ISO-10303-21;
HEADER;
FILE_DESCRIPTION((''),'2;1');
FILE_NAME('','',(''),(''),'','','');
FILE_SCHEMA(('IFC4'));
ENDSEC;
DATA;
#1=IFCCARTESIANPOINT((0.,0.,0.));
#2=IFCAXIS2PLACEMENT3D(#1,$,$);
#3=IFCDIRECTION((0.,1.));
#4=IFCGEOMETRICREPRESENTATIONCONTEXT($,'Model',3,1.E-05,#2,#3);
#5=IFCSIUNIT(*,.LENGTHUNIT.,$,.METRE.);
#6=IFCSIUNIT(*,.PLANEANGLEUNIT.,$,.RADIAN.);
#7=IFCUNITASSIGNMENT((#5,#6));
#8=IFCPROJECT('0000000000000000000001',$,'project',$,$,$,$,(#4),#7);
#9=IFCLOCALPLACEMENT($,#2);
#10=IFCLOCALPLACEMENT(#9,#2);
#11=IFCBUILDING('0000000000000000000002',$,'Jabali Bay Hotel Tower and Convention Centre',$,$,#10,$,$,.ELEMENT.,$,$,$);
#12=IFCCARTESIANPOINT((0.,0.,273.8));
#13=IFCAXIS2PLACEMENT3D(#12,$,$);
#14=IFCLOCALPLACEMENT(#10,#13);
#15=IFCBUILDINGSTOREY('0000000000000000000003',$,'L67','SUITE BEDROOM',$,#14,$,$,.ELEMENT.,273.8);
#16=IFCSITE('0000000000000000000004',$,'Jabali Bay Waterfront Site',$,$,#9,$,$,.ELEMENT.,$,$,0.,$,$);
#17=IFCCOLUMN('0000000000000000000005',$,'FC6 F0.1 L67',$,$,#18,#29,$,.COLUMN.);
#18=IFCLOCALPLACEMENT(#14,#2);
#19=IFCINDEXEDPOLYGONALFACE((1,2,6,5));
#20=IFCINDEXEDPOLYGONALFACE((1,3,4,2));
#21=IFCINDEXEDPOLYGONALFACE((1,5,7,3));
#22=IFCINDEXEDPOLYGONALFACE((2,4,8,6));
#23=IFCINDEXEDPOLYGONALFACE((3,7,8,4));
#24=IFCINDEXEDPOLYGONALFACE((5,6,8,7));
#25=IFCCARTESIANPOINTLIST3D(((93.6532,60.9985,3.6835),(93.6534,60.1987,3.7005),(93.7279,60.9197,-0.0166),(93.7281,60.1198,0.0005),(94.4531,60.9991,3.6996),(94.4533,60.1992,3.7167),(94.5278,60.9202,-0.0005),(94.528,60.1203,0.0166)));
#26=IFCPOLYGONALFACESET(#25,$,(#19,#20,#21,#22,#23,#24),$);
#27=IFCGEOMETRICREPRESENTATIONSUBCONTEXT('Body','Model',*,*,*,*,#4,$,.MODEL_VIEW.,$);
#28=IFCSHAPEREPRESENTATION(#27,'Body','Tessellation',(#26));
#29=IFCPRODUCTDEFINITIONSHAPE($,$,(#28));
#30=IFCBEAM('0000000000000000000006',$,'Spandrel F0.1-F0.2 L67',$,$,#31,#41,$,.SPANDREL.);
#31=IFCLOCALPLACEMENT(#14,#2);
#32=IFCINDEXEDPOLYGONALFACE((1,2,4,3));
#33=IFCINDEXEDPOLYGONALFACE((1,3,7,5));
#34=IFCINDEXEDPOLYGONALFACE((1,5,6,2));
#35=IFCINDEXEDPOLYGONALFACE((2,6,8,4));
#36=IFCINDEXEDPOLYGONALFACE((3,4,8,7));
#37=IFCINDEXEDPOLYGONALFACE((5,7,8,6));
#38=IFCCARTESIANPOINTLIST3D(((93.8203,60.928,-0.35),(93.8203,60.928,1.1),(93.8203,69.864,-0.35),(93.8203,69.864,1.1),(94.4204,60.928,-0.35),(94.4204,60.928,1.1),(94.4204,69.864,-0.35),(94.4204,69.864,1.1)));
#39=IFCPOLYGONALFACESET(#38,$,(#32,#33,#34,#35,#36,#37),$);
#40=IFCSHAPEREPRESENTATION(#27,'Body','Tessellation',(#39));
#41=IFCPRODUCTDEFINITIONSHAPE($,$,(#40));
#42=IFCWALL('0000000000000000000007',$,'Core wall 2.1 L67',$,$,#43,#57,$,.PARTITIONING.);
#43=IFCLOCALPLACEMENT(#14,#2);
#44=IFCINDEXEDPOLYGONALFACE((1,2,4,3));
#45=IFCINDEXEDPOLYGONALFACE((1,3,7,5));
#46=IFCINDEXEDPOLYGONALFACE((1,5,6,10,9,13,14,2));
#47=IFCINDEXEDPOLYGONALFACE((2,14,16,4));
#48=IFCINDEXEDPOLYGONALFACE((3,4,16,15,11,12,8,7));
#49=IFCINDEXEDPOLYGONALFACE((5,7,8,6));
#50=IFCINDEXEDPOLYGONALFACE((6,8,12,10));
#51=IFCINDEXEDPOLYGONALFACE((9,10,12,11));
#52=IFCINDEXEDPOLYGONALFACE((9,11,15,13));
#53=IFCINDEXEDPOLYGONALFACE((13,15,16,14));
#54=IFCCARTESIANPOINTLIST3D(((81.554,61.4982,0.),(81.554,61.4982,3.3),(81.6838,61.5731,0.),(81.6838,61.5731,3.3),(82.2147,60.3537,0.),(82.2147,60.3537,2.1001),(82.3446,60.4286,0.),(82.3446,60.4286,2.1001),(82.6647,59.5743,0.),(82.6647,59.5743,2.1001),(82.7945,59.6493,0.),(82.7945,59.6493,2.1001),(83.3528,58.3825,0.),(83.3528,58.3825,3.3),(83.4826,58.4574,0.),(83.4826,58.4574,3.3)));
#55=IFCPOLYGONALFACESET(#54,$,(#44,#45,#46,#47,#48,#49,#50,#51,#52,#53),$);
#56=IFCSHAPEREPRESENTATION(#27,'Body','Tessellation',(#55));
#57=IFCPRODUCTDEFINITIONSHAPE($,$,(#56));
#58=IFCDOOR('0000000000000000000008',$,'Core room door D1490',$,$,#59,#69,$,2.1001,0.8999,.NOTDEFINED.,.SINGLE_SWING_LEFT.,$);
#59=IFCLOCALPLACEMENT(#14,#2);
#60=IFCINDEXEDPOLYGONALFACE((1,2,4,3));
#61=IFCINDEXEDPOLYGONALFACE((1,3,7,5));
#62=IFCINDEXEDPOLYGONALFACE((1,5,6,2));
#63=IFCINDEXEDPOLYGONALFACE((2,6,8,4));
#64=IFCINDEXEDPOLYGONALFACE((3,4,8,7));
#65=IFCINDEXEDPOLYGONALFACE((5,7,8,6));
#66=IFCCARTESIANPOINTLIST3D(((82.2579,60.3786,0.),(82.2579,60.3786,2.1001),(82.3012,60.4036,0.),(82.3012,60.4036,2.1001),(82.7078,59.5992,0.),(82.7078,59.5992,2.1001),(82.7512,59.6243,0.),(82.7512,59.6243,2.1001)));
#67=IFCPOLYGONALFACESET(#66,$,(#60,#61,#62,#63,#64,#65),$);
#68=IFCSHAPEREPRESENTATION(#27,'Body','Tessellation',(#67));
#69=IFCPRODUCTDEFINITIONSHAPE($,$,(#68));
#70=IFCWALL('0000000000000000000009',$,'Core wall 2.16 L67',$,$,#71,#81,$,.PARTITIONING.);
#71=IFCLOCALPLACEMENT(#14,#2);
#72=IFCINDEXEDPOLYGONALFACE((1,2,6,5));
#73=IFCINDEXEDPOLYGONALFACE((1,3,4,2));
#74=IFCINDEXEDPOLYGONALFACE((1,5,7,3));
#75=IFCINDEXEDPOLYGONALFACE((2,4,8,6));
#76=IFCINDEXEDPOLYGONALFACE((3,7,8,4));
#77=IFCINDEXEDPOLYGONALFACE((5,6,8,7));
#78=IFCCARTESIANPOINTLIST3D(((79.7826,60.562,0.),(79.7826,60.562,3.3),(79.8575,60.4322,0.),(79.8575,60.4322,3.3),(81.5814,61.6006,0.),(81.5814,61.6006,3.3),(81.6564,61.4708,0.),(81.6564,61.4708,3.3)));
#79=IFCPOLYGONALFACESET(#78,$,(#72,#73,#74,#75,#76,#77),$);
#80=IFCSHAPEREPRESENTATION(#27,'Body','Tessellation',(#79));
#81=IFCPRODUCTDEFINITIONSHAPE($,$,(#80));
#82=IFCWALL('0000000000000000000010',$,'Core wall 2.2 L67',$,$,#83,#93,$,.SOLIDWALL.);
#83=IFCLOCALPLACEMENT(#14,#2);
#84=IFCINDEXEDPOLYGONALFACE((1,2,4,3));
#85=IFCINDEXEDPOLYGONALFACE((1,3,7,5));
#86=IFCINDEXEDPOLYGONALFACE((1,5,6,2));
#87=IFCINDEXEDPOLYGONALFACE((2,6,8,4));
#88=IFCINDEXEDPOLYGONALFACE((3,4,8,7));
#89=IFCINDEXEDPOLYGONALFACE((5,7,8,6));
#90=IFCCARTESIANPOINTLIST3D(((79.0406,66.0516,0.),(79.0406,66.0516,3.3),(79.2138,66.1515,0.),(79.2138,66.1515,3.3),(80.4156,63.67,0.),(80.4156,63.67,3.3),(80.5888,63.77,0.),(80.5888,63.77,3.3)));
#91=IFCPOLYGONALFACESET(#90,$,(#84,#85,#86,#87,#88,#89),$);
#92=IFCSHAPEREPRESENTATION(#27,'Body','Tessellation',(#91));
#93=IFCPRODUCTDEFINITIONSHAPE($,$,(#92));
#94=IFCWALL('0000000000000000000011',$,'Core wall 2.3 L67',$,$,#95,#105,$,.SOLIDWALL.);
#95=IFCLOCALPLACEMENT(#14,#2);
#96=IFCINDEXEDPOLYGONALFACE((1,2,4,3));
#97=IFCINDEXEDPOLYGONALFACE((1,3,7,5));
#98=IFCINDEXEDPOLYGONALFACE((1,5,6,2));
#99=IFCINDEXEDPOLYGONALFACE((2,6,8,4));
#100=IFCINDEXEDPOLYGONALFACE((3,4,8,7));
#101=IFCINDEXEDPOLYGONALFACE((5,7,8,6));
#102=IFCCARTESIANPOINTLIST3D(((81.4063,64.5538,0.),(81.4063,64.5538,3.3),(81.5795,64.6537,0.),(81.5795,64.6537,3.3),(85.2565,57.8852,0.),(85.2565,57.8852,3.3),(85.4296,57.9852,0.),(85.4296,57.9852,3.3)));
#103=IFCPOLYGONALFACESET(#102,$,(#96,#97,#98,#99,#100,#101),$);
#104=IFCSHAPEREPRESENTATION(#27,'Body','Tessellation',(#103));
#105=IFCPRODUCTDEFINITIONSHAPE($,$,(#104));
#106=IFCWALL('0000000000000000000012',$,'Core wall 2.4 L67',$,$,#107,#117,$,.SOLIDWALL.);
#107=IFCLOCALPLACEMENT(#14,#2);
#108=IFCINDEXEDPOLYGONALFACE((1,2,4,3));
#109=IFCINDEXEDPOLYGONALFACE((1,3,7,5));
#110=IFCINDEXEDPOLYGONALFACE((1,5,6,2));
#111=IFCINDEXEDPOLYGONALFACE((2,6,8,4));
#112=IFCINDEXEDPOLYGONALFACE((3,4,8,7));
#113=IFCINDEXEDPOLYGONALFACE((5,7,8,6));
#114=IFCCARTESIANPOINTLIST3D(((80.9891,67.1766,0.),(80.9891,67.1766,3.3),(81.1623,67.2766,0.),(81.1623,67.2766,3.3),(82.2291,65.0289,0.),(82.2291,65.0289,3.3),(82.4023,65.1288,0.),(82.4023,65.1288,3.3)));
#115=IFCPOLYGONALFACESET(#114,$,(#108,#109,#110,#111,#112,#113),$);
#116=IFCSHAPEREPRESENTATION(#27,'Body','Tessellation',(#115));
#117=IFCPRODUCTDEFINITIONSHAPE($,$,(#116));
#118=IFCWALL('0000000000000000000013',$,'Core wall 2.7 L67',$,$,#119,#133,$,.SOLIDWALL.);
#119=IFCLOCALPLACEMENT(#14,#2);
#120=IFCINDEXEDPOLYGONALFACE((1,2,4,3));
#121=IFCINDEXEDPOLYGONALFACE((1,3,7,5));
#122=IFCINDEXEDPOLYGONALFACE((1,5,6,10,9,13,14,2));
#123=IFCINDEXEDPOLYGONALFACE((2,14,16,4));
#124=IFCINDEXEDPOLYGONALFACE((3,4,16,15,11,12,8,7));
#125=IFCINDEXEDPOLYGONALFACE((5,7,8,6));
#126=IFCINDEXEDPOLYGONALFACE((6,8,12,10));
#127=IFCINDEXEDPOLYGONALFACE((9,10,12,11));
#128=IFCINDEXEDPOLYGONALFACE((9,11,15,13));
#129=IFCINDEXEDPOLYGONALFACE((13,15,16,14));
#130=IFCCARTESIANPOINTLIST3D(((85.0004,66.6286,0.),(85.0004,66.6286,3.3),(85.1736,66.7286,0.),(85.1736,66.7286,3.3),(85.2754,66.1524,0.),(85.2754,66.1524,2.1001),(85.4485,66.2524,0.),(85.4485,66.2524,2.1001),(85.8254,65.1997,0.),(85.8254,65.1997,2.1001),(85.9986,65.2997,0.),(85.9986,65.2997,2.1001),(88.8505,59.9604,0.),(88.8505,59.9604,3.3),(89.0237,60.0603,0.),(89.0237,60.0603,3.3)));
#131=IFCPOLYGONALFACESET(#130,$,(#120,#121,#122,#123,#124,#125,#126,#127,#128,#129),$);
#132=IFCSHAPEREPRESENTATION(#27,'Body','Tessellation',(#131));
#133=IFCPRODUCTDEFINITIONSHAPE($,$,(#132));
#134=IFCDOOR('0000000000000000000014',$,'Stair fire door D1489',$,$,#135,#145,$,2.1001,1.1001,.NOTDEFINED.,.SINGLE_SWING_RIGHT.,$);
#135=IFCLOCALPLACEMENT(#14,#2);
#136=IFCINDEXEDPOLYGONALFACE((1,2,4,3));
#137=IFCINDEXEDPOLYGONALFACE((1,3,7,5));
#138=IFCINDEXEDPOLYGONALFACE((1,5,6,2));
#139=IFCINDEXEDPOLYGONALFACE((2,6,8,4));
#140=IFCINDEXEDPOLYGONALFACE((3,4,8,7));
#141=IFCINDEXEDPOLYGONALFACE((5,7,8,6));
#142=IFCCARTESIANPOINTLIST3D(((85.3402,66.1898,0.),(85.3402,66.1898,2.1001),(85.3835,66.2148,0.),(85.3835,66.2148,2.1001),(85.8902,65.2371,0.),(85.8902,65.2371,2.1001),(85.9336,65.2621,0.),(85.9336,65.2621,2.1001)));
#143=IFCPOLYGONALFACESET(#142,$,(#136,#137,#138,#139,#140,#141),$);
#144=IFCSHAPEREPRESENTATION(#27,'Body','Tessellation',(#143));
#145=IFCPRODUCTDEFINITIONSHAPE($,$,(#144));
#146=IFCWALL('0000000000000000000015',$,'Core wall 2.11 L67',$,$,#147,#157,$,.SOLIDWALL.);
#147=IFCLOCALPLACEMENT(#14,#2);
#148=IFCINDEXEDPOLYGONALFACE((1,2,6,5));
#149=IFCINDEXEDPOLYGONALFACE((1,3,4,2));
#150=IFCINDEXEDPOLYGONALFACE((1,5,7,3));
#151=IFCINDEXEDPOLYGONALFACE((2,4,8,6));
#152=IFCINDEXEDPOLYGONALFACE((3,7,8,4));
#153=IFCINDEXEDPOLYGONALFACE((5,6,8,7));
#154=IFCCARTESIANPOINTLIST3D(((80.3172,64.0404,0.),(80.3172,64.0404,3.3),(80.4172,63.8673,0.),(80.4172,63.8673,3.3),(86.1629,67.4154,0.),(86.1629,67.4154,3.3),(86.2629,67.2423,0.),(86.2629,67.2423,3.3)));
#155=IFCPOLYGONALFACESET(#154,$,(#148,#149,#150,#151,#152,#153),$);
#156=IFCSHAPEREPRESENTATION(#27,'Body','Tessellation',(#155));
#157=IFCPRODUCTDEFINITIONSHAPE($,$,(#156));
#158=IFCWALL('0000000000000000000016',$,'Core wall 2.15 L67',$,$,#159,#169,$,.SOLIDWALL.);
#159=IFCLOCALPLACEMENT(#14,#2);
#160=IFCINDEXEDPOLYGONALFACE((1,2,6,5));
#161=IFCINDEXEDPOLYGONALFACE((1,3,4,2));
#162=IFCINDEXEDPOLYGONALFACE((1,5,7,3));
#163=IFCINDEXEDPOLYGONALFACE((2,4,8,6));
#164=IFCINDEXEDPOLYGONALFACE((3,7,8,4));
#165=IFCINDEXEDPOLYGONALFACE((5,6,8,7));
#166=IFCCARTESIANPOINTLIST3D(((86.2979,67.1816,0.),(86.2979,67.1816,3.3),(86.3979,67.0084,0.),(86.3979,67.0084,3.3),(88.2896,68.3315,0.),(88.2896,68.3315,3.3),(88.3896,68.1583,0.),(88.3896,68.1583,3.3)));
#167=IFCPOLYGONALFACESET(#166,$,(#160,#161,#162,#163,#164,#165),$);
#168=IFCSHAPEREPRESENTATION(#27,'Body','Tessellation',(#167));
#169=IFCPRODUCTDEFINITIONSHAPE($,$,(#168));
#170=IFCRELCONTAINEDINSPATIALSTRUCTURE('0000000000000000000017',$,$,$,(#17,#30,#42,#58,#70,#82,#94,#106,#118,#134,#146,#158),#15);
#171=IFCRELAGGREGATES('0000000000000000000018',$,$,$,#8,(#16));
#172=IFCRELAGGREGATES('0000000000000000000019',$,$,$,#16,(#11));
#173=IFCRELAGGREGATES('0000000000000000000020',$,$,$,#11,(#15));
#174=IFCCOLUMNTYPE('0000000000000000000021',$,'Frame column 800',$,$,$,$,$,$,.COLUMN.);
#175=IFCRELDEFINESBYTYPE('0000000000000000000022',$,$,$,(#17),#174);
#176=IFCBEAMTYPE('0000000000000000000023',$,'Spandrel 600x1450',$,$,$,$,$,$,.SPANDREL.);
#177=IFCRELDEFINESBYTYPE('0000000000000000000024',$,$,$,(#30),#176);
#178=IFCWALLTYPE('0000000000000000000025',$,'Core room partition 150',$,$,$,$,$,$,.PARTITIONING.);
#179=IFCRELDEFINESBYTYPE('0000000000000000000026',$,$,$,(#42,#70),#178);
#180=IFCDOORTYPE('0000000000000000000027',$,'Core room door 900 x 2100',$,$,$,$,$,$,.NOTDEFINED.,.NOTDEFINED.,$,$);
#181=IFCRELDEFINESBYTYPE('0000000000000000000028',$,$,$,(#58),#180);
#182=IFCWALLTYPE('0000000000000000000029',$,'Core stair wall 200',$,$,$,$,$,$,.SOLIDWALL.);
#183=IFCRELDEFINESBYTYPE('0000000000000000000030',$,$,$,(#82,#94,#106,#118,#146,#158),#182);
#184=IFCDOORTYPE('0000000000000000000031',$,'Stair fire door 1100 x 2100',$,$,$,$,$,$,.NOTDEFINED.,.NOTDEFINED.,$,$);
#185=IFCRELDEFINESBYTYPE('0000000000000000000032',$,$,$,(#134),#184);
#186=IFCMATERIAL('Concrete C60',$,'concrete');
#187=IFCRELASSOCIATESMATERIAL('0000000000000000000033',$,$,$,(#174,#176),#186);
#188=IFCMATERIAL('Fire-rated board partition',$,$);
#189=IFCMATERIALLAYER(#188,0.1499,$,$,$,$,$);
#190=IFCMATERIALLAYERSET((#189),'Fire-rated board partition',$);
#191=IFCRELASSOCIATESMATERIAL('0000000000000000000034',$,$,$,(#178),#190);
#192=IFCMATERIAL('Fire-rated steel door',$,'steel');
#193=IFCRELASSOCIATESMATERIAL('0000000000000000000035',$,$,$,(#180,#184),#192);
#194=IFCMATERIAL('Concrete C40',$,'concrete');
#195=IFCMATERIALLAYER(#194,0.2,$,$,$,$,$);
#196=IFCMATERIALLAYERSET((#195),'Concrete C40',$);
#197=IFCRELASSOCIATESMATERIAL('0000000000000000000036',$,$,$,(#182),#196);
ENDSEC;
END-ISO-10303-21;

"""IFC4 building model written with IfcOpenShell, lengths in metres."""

from ifc_helpers import new_model, si_unit, direction, frame, frame_2d, origin, origin_2d, place, context, subcontext, project, spatial, rectangle, extrude, material, layer, layer_set, material_profile, profile_set, type_object, element, fill, save


model = new_model("IFC4")

# Units and contexts
model_context = context("Model", 3, precision=1e-05, world=origin(), true_north=direction((0.0, 1.0)))
body_context = subcontext(model_context, "Body", "Model", "MODEL_VIEW")
ifc_project = project(units=[si_unit("LENGTHUNIT", "METRE"), si_unit("PLANEANGLEUNIT", "RADIAN")], contexts=[model_context])

# Site, building, storey
site_placement = place(None, origin())
site = spatial("IfcSite", under=ifc_project, at=site_placement, Name="Jabali Bay Waterfront Site", CompositionType="ELEMENT", RefElevation=0.0)
building_placement = place(site_placement, origin())
building = spatial("IfcBuilding", under=site, at=building_placement, Name="Jabali Bay Hotel Tower and Convention Centre", CompositionType="ELEMENT")
storey_placement = place(building_placement, frame((0.0, 0.0, 273.8)))
storey = spatial("IfcBuildingStorey", under=building, at=storey_placement, Name="L67", Description="SUITE BEDROOM", CompositionType="ELEMENT", Elevation=273.8)

# Column
ifc_material_1 = material(Name="Concrete C60", Category="concrete")
ifc_material_profile_1 = material_profile(ifc_material_1, rectangle(XDim=0.8, YDim=0.8, at=origin_2d()), Name="Frame column 800")
ifc_profile_set_1 = profile_set([ifc_material_profile_1], Name="Concrete C60")
column_type = type_object("IfcColumnType", Name="Frame column 800", PredefinedType="COLUMN", material=ifc_profile_set_1)
column_placement = place(storey_placement, frame((94.1279, 60.52, 0.0), z_axis=(-0.020183, 0.021304, 0.999569), x_axis=(0.000228, -0.999773, 0.021313)))
element("IfcColumn", 1, at=column_placement, inside=storey, type_object=column_type, Name="FC6 F0.1 L67", PredefinedType="COLUMN", context=body_context, shape_type="SweptSolid", body=[
    extrude(rectangle(XDim=0.8, YDim=0.8, at=origin_2d()), origin(), (0.0, 0.0, 1.0), 3.7017),
])

# Beam
ifc_material_profile_2 = material_profile(ifc_material_1, rectangle(XDim=0.6001, YDim=1.45, at=origin_2d()), Name="Spandrel 600x1450")
ifc_profile_set_2 = profile_set([ifc_material_profile_2], Name="Concrete C60")
beam_type = type_object("IfcBeamType", Name="Spandrel 600x1450", PredefinedType="SPANDREL", material=ifc_profile_set_2)
beam_placement = place(storey_placement, frame((94.1204, 60.928, 0.375), z_axis=(0.0, 1.0, 0.0), x_axis=(-1.0, 0.0, 0.0)))
element("IfcBeam", 2, at=beam_placement, inside=storey, type_object=beam_type, Name="Spandrel F0.1-F0.2 L67", PredefinedType="SPANDREL", context=body_context, shape_type="SweptSolid", body=[
    extrude(rectangle(XDim=0.6001, YDim=1.45, at=origin_2d()), origin(), (0.0, 0.0, 1.0), 8.936),
])

# Wall, opening, door
ifc_material_2 = material(Name="Fire-rated board partition")
ifc_layer_1 = layer(ifc_material_2, 0.1499)
ifc_layer_set_1 = layer_set([ifc_layer_1], Name="Fire-rated board partition")
wall_type_1 = type_object("IfcWallType", Name="Core room partition 150", PredefinedType="PARTITIONING", material=ifc_layer_set_1)
wall_1_placement = place(storey_placement, frame((81.6189, 61.5356, 0.0), z_axis=(0.0, 0.0, 1.0), x_axis=(0.499993, -0.86603, 0.0)))
wall_1 = element("IfcWall", 3, at=wall_1_placement, inside=storey, type_object=wall_type_1, Name="Core wall 2.1 L67", PredefinedType="PARTITIONING", context=body_context, shape_type="SweptSolid", body=[
    extrude(rectangle(XDim=3.5977, YDim=0.1499, at=frame_2d((1.7988, 0.0))), origin(), (0.0, 0.0, 1.0), 3.3),
])
opening_1_placement = place(wall_1_placement, frame((1.3215, 0.0, 0.0)))
opening_1 = element("IfcOpeningElement", 4, at=opening_1_placement, cuts=wall_1, PredefinedType="OPENING", context=body_context, shape_type="SweptSolid", body=[
    extrude(rectangle(XDim=0.8999, YDim=2.1001, at=frame_2d((0.45, 1.05))), frame((0.0, 0.0854, 0.0), z_axis=(0.0, -1.0, 0.0), x_axis=(1.0, 0.0, 0.0)), (0.0, 0.0, 1.0), 0.1709),
])
ifc_material_3 = material(Name="Fire-rated steel door", Category="steel")
door_type_1 = type_object("IfcDoorType", Name="Core room door 900 x 2100", OperationType="NOTDEFINED", PredefinedType="NOTDEFINED", material=ifc_material_3)
door_1_placement = place(opening_1_placement, origin())
door_1 = element("IfcDoor", 5, at=door_1_placement, inside=storey, type_object=door_type_1, Name="Core room door D1490", OperationType="SINGLE_SWING_LEFT", OverallHeight=2.1001, OverallWidth=0.8999, PredefinedType="NOTDEFINED", context=body_context, shape_type="SweptSolid", body=[
    extrude(rectangle(XDim=0.8999, YDim=2.1001, at=frame_2d((0.45, 1.05))), frame((0.0, 0.0249, 0.0), z_axis=(0.0, -1.0, 0.0), x_axis=(1.0, 0.0, 0.0)), (0.0, 0.0, 1.0), 0.05),
])
fill(opening_1, door_1)

# Walls
wall_2_placement = place(storey_placement, frame((79.8201, 60.4971, 0.0), z_axis=(0.0, 0.0, 1.0), x_axis=(0.866021, 0.500007, 0.0)))
element("IfcWall", 6, at=wall_2_placement, inside=storey, type_object=wall_type_1, Name="Core wall 2.16 L67", PredefinedType="PARTITIONING", context=body_context, shape_type="SweptSolid", body=[
    extrude(rectangle(XDim=2.0771, YDim=0.1499, at=frame_2d((1.0386, 0.0))), origin(), (0.0, 0.0, 1.0), 3.3),
])
ifc_material_4 = material(Name="Concrete C40", Category="concrete")
ifc_layer_2 = layer(ifc_material_4, 0.2)
ifc_layer_set_2 = layer_set([ifc_layer_2], Name="Concrete C40")
wall_type_2 = type_object("IfcWallType", Name="Core stair wall 200", PredefinedType="SOLIDWALL", material=ifc_layer_set_2)
wall_3_placement = place(storey_placement, frame((79.1272, 66.1016, 0.0), z_axis=(0.0, 0.0, 1.0), x_axis=(0.499997, -0.866027, 0.0)))
element("IfcWall", 7, at=wall_3_placement, inside=storey, type_object=wall_type_2, Name="Core wall 2.2 L67", PredefinedType="SOLIDWALL", context=body_context, shape_type="SweptSolid", body=[
    extrude(rectangle(XDim=2.75, YDim=0.2, at=frame_2d((1.375, 0.0))), origin(), (0.0, 0.0, 1.0), 3.3),
])
wall_4_placement = place(storey_placement, frame((81.4929, 64.6038, 0.0), z_axis=(0.0, 0.0, 1.0), x_axis=(0.500006, -0.866022, 0.0)))
element("IfcWall", 8, at=wall_4_placement, inside=storey, type_object=wall_type_2, Name="Core wall 2.3 L67", PredefinedType="SOLIDWALL", context=body_context, shape_type="SweptSolid", body=[
    extrude(rectangle(XDim=7.7002, YDim=0.2, at=frame_2d((3.8501, 0.0))), origin(), (0.0, 0.0, 1.0), 3.3),
])
wall_5_placement = place(storey_placement, frame((81.0757, 67.2266, 0.0), z_axis=(0.0, 0.0, 1.0), x_axis=(0.500004, -0.866023, 0.0)))
element("IfcWall", 9, at=wall_5_placement, inside=storey, type_object=wall_type_2, Name="Core wall 2.4 L67", PredefinedType="SOLIDWALL", context=body_context, shape_type="SweptSolid", body=[
    extrude(rectangle(XDim=2.48, YDim=0.2, at=frame_2d((1.24, 0.0))), origin(), (0.0, 0.0, 1.0), 3.3),
])

# Wall, opening, door
wall_6_placement = place(storey_placement, frame((85.0869, 66.6787, 0.0), z_axis=(0.0, 0.0, 1.0), x_axis=(0.50002, -0.866014, 0.0)))
wall_6 = element("IfcWall", 10, at=wall_6_placement, inside=storey, type_object=wall_type_2, Name="Core wall 2.7 L67", PredefinedType="SOLIDWALL", context=body_context, shape_type="SweptSolid", body=[
    extrude(rectangle(XDim=7.7, YDim=0.2, at=frame_2d((3.8501, 0.0))), origin(), (0.0, 0.0, 1.0), 3.3),
])
opening_2_placement = place(wall_6_placement, frame((0.55, 0.0, 0.0)))
opening_2 = element("IfcOpeningElement", 11, at=opening_2_placement, cuts=wall_6, PredefinedType="OPENING", context=body_context, shape_type="SweptSolid", body=[
    extrude(rectangle(XDim=1.1001, YDim=2.1001, at=frame_2d((0.55, 1.05))), frame((0.0, 0.1104, 0.0), z_axis=(0.0, -1.0, 0.0), x_axis=(1.0, 0.0, 0.0)), (0.0, 0.0, 1.0), 0.2209),
])
door_type_2 = type_object("IfcDoorType", Name="Stair fire door 1100 x 2100", OperationType="NOTDEFINED", PredefinedType="NOTDEFINED", material=ifc_material_3)
door_2_placement = place(opening_2_placement, origin())
door_2 = element("IfcDoor", 12, at=door_2_placement, inside=storey, type_object=door_type_2, Name="Stair fire door D1489", OperationType="SINGLE_SWING_RIGHT", OverallHeight=2.1001, OverallWidth=1.1001, PredefinedType="NOTDEFINED", context=body_context, shape_type="SweptSolid", body=[
    extrude(rectangle(XDim=1.1001, YDim=2.1001, at=frame_2d((0.55, 1.05))), frame((0.0, 0.0249, 0.0), z_axis=(0.0, -1.0, 0.0), x_axis=(1.0, 0.0, 0.0)), (0.0, 0.0, 1.0), 0.05),
])
fill(opening_2, door_2)

# Walls
wall_7_placement = place(storey_placement, frame((80.3672, 63.9539, 0.0), z_axis=(0.0, 0.0, 1.0), x_axis=(0.866027, 0.499998, 0.0)))
element("IfcWall", 13, at=wall_7_placement, inside=storey, type_object=wall_type_2, Name="Core wall 2.11 L67", PredefinedType="SOLIDWALL", context=body_context, shape_type="SweptSolid", body=[
    extrude(rectangle(XDim=6.75, YDim=0.2, at=frame_2d((3.375, 0.0))), origin(), (0.0, 0.0, 1.0), 3.3),
])
wall_8_placement = place(storey_placement, frame((86.3479, 67.095, 0.0), z_axis=(0.0, 0.0, 1.0), x_axis=(0.866026, 0.499998, 0.0)))
element("IfcWall", 14, at=wall_8_placement, inside=storey, type_object=wall_type_2, Name="Core wall 2.15 L67", PredefinedType="SOLIDWALL", context=body_context, shape_type="SweptSolid", body=[
    extrude(rectangle(XDim=2.2998, YDim=0.2, at=frame_2d((1.1499, 0.0))), origin(), (0.0, 0.0, 1.0), 3.3),
])

save(model, "model.ifc")
